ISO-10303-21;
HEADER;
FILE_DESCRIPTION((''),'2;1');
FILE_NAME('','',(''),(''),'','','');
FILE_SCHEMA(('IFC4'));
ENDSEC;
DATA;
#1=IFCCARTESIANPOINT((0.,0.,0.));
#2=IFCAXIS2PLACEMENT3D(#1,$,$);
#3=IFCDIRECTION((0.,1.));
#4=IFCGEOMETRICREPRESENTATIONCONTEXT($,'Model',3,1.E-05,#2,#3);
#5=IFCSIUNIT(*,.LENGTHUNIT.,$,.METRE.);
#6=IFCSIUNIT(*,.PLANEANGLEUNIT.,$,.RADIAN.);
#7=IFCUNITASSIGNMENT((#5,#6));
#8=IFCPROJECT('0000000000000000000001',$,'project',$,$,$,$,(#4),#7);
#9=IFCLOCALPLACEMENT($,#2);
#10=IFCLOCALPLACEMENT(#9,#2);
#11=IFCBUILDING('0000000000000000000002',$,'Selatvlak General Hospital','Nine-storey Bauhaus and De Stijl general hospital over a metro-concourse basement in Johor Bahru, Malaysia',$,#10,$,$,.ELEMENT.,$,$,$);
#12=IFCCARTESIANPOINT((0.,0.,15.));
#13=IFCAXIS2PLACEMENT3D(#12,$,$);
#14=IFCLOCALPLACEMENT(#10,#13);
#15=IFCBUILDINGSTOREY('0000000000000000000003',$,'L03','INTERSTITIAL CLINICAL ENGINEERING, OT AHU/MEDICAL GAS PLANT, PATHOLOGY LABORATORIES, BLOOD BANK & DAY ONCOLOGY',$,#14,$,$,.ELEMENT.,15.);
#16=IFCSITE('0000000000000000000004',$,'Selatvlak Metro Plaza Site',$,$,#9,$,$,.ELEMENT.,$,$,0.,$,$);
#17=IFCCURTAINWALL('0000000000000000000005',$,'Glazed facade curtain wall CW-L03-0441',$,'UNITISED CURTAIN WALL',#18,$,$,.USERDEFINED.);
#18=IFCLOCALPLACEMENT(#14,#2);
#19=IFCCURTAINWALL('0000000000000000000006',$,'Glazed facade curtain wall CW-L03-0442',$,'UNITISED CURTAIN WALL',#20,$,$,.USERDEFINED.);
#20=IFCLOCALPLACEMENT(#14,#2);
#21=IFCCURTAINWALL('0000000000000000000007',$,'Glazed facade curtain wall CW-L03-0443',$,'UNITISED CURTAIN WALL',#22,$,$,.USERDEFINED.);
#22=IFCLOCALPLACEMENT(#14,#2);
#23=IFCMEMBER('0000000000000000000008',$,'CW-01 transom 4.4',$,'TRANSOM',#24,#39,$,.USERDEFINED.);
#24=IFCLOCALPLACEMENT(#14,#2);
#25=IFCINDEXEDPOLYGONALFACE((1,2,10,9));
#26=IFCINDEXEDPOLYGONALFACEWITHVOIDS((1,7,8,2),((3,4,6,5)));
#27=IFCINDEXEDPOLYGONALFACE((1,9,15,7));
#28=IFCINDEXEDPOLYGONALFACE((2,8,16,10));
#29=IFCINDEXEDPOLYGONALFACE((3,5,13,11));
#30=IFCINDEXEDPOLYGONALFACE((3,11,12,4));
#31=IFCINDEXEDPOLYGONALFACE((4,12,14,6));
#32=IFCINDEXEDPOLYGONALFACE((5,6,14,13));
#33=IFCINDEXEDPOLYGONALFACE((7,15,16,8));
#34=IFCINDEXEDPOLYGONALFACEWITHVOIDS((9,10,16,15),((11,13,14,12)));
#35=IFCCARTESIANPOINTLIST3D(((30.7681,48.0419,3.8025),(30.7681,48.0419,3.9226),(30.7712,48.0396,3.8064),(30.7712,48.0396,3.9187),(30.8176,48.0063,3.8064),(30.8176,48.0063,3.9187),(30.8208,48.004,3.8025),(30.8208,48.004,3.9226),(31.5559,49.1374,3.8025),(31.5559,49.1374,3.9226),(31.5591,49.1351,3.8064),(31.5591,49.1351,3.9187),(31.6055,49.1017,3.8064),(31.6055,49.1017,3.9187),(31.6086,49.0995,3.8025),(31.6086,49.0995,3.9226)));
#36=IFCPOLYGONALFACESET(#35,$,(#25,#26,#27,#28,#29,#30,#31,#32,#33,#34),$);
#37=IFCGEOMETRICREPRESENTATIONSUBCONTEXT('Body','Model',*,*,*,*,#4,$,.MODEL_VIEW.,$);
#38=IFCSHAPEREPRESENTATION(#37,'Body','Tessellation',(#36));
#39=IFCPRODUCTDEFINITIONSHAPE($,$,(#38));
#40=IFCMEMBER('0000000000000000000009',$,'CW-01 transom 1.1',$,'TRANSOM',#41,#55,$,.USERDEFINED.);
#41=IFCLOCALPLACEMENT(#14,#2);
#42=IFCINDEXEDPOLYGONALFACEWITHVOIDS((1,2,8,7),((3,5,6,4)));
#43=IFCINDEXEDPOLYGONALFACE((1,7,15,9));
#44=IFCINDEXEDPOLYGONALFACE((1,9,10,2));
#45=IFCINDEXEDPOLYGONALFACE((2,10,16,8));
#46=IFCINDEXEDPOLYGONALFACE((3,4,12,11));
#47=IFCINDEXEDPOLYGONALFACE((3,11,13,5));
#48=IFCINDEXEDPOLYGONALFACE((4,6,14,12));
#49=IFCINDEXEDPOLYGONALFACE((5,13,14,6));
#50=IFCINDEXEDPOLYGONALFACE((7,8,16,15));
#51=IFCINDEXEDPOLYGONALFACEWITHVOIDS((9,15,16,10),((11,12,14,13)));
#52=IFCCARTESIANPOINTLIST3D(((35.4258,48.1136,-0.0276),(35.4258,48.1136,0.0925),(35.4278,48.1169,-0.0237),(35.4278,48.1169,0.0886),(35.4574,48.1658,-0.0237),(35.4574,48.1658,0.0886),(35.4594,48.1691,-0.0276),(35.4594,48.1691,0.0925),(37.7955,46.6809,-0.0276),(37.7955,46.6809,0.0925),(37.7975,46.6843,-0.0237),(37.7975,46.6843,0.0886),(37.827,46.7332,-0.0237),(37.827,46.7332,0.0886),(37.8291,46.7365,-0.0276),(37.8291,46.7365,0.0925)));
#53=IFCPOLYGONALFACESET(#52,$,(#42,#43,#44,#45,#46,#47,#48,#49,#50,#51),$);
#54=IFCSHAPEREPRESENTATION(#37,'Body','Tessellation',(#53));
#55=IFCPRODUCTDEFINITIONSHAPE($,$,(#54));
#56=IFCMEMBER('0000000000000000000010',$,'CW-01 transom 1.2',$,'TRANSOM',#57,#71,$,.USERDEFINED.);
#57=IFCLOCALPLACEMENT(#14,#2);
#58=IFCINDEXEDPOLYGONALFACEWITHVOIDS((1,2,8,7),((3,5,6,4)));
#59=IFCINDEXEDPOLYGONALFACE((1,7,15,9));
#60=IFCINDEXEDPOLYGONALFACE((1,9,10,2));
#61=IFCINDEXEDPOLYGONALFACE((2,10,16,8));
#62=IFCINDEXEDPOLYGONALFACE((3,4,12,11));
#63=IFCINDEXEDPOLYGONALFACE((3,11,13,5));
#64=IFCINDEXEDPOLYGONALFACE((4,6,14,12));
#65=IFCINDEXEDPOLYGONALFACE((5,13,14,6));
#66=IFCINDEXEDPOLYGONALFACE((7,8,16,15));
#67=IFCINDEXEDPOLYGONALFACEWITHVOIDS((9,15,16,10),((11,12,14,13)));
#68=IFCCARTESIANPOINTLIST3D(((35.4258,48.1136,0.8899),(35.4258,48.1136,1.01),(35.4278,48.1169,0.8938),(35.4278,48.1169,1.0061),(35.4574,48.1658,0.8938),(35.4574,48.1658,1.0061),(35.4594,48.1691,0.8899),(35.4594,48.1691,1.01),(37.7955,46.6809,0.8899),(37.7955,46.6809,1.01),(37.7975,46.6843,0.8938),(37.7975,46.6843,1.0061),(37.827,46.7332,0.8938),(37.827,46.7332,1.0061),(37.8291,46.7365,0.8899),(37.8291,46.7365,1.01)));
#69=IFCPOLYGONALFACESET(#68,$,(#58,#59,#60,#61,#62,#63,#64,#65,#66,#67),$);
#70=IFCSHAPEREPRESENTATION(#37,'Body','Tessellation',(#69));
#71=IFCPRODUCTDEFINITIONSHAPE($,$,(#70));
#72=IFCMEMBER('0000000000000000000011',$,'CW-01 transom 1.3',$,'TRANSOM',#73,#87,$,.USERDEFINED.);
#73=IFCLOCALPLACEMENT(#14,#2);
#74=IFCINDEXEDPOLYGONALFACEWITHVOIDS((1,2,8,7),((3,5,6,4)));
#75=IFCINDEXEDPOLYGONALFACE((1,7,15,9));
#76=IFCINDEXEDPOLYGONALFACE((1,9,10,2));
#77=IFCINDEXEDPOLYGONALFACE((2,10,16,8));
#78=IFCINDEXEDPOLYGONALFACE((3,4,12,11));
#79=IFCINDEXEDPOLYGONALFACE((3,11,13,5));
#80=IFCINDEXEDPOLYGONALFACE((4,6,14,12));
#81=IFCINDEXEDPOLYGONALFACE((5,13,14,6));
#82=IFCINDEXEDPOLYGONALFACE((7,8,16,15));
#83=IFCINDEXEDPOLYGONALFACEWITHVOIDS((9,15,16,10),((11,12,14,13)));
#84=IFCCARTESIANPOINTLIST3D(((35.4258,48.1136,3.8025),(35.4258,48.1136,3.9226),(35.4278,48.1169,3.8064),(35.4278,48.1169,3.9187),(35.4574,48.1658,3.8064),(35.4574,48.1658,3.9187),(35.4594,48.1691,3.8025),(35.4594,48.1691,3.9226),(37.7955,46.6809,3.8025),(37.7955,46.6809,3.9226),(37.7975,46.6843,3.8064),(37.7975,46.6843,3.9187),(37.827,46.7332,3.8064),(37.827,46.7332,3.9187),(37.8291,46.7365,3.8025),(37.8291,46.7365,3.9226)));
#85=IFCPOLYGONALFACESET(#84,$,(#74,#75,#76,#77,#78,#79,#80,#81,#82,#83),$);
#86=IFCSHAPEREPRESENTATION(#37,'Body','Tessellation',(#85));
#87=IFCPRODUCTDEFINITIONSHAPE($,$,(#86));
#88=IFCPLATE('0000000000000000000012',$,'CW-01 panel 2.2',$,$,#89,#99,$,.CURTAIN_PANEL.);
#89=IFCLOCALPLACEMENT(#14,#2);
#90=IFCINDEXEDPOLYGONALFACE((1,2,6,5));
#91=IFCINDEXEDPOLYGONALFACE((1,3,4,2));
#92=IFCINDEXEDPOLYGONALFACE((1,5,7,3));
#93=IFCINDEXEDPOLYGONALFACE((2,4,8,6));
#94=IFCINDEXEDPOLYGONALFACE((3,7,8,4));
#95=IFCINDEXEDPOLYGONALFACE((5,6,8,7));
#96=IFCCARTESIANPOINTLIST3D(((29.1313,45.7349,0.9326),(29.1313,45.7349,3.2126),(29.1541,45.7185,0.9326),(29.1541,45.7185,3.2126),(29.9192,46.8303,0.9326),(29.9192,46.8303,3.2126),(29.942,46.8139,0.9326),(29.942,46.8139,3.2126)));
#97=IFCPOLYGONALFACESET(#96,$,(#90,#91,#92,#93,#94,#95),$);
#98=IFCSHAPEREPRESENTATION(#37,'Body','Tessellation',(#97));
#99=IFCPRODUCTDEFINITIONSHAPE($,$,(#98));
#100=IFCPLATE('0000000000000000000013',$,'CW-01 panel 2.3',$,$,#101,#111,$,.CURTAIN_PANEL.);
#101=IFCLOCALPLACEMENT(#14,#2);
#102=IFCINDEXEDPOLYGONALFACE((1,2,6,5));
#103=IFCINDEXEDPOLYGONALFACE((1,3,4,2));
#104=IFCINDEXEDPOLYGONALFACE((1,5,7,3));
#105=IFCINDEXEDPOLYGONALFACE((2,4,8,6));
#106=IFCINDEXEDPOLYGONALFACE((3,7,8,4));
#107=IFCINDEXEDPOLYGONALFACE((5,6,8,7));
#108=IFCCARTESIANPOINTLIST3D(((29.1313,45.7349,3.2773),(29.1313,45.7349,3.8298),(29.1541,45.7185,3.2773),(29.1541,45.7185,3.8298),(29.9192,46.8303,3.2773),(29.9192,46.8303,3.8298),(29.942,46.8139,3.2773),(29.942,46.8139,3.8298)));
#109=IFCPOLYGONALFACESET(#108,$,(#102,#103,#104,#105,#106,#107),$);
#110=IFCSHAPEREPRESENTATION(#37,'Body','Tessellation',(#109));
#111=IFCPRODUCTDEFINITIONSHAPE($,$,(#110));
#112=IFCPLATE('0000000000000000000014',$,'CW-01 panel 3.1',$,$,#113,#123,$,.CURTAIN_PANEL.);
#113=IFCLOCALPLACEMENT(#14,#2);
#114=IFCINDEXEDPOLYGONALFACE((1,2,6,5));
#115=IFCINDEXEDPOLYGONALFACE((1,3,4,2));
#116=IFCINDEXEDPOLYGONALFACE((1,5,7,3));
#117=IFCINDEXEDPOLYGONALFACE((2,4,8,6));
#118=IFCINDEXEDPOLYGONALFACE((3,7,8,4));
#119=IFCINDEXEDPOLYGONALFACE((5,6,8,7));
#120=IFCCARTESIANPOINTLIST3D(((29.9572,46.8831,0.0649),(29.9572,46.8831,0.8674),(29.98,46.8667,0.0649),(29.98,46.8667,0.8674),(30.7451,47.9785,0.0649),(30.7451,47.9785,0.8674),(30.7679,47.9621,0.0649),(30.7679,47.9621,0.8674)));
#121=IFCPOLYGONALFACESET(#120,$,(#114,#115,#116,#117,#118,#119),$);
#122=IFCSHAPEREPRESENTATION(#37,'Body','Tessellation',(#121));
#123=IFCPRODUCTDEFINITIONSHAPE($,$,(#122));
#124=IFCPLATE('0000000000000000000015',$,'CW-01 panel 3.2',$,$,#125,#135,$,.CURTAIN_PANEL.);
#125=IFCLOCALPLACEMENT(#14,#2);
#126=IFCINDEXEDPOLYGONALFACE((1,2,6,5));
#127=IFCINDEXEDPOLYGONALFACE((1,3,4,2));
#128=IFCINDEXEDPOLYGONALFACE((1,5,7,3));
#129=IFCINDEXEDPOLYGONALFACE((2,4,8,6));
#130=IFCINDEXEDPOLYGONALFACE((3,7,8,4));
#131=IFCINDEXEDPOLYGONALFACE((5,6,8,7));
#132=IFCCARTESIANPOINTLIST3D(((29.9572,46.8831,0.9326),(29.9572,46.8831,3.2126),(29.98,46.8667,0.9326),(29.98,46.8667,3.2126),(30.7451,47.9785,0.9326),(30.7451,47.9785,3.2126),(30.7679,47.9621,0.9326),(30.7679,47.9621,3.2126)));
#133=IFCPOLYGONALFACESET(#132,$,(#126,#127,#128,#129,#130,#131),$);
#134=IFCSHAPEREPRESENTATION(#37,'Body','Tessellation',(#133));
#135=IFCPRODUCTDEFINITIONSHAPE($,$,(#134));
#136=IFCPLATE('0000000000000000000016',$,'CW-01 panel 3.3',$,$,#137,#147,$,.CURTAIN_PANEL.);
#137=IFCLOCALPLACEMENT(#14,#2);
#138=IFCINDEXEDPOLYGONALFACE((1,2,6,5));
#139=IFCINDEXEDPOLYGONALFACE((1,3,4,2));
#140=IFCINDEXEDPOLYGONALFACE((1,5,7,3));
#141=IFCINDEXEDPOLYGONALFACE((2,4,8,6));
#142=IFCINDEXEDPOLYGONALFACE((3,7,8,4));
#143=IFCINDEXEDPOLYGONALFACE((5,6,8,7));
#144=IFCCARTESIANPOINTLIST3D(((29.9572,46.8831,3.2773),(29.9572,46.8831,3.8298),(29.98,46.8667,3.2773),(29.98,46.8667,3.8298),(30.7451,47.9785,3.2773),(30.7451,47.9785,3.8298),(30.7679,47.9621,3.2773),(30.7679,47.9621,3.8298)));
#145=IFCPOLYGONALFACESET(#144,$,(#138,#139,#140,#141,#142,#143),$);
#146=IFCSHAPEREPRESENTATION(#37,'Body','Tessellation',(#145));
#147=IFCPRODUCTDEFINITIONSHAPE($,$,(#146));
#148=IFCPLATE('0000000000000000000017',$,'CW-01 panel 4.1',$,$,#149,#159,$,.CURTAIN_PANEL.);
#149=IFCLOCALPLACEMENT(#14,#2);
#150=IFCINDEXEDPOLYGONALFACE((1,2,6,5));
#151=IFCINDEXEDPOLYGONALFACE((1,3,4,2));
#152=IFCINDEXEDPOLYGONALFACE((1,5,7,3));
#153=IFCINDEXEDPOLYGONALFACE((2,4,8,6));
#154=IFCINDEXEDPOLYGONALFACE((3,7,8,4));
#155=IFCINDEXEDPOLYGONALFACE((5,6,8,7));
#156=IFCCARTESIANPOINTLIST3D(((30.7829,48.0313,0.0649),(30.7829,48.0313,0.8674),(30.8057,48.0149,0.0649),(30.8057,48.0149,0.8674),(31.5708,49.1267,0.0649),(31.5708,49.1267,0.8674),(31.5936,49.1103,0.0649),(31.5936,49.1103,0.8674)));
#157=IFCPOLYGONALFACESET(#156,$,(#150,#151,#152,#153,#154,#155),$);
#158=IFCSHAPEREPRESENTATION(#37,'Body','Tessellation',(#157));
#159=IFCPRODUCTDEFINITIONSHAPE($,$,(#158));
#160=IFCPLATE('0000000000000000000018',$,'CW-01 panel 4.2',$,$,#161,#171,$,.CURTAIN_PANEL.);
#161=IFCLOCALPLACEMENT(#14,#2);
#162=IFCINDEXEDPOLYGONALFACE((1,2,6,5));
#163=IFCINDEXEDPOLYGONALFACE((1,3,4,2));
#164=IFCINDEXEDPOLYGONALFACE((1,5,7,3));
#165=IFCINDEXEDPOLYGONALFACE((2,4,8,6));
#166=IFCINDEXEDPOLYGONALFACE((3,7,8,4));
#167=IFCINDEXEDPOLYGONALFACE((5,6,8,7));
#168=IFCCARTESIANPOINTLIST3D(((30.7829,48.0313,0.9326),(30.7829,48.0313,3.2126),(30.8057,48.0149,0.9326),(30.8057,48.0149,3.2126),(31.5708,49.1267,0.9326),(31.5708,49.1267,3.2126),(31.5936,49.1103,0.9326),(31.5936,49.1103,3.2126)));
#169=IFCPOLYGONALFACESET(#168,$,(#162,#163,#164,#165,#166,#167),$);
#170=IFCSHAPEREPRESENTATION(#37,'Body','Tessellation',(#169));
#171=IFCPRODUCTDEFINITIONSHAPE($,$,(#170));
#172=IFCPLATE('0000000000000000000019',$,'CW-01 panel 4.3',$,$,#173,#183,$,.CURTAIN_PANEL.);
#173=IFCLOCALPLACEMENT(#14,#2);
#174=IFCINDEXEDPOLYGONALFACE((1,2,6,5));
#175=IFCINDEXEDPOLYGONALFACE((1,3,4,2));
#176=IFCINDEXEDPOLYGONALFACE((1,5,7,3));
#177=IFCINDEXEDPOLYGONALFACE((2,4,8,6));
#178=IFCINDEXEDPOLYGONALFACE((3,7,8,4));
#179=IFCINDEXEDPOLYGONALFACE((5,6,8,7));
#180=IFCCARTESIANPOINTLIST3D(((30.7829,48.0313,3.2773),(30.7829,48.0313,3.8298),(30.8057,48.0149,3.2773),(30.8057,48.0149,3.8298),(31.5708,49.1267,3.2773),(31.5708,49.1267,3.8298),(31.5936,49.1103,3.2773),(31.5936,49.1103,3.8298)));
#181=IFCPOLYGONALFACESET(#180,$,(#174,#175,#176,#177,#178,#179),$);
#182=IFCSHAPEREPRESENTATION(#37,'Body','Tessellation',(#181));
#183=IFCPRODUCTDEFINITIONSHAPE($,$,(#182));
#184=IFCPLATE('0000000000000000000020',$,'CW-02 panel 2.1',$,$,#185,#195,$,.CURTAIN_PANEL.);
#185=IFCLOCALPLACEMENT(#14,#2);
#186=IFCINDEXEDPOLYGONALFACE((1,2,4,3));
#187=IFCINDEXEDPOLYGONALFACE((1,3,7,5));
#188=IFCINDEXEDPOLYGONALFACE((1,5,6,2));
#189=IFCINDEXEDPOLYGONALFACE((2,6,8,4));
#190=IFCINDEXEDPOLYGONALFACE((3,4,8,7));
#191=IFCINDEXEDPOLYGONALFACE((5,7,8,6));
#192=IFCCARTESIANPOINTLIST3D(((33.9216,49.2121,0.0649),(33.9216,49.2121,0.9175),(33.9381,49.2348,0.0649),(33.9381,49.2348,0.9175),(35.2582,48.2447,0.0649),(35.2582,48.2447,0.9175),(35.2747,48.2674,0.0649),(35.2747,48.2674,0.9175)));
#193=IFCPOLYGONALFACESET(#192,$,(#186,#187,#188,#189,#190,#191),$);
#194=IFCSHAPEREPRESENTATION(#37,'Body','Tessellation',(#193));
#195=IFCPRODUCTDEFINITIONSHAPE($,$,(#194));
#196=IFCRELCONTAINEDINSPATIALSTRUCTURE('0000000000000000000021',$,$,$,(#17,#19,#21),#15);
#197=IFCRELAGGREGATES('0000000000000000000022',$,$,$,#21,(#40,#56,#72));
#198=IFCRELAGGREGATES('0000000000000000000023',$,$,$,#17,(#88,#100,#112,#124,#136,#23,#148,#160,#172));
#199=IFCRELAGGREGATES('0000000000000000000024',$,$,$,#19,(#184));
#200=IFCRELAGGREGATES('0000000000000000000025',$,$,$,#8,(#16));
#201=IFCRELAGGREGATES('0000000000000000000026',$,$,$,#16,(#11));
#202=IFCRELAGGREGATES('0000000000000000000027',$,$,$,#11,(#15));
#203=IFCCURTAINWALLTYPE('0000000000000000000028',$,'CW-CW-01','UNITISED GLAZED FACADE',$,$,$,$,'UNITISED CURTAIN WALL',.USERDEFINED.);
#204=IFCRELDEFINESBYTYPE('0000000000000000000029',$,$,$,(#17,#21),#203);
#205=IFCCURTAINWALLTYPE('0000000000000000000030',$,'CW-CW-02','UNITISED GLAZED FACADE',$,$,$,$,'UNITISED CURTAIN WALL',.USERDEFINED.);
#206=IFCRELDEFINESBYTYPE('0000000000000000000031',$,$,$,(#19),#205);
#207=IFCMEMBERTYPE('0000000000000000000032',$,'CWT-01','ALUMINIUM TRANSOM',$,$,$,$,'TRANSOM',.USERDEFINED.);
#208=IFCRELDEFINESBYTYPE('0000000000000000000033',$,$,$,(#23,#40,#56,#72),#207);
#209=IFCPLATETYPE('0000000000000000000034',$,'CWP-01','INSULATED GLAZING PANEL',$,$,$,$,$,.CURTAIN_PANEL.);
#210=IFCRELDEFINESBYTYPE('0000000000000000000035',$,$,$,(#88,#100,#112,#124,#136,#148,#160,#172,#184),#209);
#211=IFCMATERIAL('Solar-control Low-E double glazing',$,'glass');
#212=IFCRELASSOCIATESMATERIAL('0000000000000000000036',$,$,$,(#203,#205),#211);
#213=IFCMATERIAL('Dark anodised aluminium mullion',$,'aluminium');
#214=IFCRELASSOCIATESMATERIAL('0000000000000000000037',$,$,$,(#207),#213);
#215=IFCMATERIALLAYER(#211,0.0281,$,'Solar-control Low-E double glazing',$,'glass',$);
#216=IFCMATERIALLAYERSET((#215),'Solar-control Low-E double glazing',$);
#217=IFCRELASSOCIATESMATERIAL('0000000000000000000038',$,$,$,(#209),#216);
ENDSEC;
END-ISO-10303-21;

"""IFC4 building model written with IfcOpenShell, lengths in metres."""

from ifc_helpers import new_model, si_unit, direction, frame, origin, origin_2d, place, context, subcontext, project, spatial, rectangle, hollow_rectangle, extrude, material, layer, layer_set, material_profile, profile_set, type_object, element, aggregate, save


model = new_model("IFC4")

# Units and contexts
model_context = context("Model", 3, precision=1e-05, world=origin(), true_north=direction((0.0, 1.0)))
body_context = subcontext(model_context, "Body", "Model", "MODEL_VIEW")
ifc_project = project(units=[si_unit("LENGTHUNIT", "METRE"), si_unit("PLANEANGLEUNIT", "RADIAN")], contexts=[model_context])

# Site, building, storey
site_placement = place(None, origin())
site = spatial("IfcSite", under=ifc_project, at=site_placement, Name="Selatvlak Metro Plaza Site", CompositionType="ELEMENT", RefElevation=0.0)
building_placement = place(site_placement, origin())
building = spatial("IfcBuilding", under=site, at=building_placement, Name="Selatvlak General Hospital", Description="Nine-storey Bauhaus and De Stijl general hospital over a metro-concourse basement in Johor Bahru, Malaysia", CompositionType="ELEMENT")
storey_placement = place(building_placement, frame((0.0, 0.0, 15.0)))
storey = spatial("IfcBuildingStorey", under=building, at=storey_placement, Name="L03", Description="INTERSTITIAL CLINICAL ENGINEERING, OT AHU/MEDICAL GAS PLANT, PATHOLOGY LABORATORIES, BLOOD BANK & DAY ONCOLOGY", CompositionType="ELEMENT", Elevation=15.0)

# Curtain wall
ifc_material_1 = material(Name="Solar-control Low-E double glazing", Category="glass")
curtain_wall_type_1 = type_object("IfcCurtainWallType", Name="CW-CW-01", Description="UNITISED GLAZED FACADE", ElementType="UNITISED CURTAIN WALL", PredefinedType="USERDEFINED", material=ifc_material_1)
curtain_wall_1_placement = place(storey_placement, origin())
curtain_wall_1 = element("IfcCurtainWall", 1, at=curtain_wall_1_placement, inside=storey, type_object=curtain_wall_type_1, Name="Glazed facade curtain wall CW-L03-0441", ObjectType="UNITISED CURTAIN WALL", PredefinedType="USERDEFINED")
ifc_material_2 = material(Name="Dark anodised aluminium mullion", Category="aluminium")

# Curtain walls
curtain_wall_type_2 = type_object("IfcCurtainWallType", Name="CW-CW-02", Description="UNITISED GLAZED FACADE", ElementType="UNITISED CURTAIN WALL", PredefinedType="USERDEFINED", material=ifc_material_1)
curtain_wall_2_placement = place(storey_placement, origin())
curtain_wall_2 = element("IfcCurtainWall", 2, at=curtain_wall_2_placement, inside=storey, type_object=curtain_wall_type_2, Name="Glazed facade curtain wall CW-L03-0442", ObjectType="UNITISED CURTAIN WALL", PredefinedType="USERDEFINED")
curtain_wall_3_placement = place(storey_placement, origin())
curtain_wall_3 = element("IfcCurtainWall", 3, at=curtain_wall_3_placement, inside=storey, type_object=curtain_wall_type_1, Name="Glazed facade curtain wall CW-L03-0443", ObjectType="UNITISED CURTAIN WALL", PredefinedType="USERDEFINED")

# Members
ifc_material_profile_1 = material_profile(ifc_material_2, hollow_rectangle(XDim=0.0649, YDim=0.1201, WallThickness=0.0039, at=origin_2d()), Name="AL-TRN 65x120x4")
ifc_profile_set_1 = profile_set([ifc_material_profile_1], Name="Dark anodised aluminium mullion")
member_type_1 = type_object("IfcMemberType", Name="CWT-01", Description="ALUMINIUM TRANSOM", ElementType="TRANSOM", PredefinedType="USERDEFINED", material=ifc_profile_set_1)
member_1_placement = place(storey_placement, frame((30.7944, 48.0229, 3.8625), z_axis=(0.583871, 0.811847, 0.0), x_axis=(-0.811847, 0.583871, 0.0)))
member_1 = element("IfcMember", 4, at=member_1_placement, type_object=member_type_1, Name="CW-01 transom 4.4", ObjectType="TRANSOM", PredefinedType="USERDEFINED", context=body_context, shape_type="SweptSolid", body=[
    extrude(hollow_rectangle(XDim=0.0649, YDim=0.1201, WallThickness=0.0039, at=origin_2d()), origin(), (0.0, 0.0, 1.0), 1.3494),
])
member_2_placement = place(storey_placement, frame((35.4426, 48.1414, 0.0325), z_axis=(0.855761, -0.517371, 0.0), x_axis=(0.517371, 0.855761, 0.0)))
member_2 = element("IfcMember", 5, at=member_2_placement, type_object=member_type_1, Name="CW-01 transom 1.1", ObjectType="TRANSOM", PredefinedType="USERDEFINED", context=body_context, shape_type="SweptSolid", body=[
    extrude(hollow_rectangle(XDim=0.0649, YDim=0.1201, WallThickness=0.0039, at=origin_2d()), origin(), (0.0, 0.0, 1.0), 2.769),
])
member_3_placement = place(storey_placement, frame((35.4426, 48.1414, 0.95), z_axis=(0.855761, -0.517371, 0.0), x_axis=(0.517371, 0.855761, 0.0)))
member_3 = element("IfcMember", 6, at=member_3_placement, type_object=member_type_1, Name="CW-01 transom 1.2", ObjectType="TRANSOM", PredefinedType="USERDEFINED", context=body_context, shape_type="SweptSolid", body=[
    extrude(hollow_rectangle(XDim=0.0649, YDim=0.1201, WallThickness=0.0039, at=origin_2d()), origin(), (0.0, 0.0, 1.0), 2.769),
])
member_4_placement = place(storey_placement, frame((35.4426, 48.1414, 3.8625), z_axis=(0.855761, -0.517371, 0.0), x_axis=(0.517371, 0.855761, 0.0)))
member_4 = element("IfcMember", 7, at=member_4_placement, type_object=member_type_1, Name="CW-01 transom 1.3", ObjectType="TRANSOM", PredefinedType="USERDEFINED", context=body_context, shape_type="SweptSolid", body=[
    extrude(hollow_rectangle(XDim=0.0649, YDim=0.1201, WallThickness=0.0039, at=origin_2d()), origin(), (0.0, 0.0, 1.0), 2.769),
])
aggregate(curtain_wall_3, [member_2, member_3, member_4])

# Plates
ifc_layer_1 = layer(ifc_material_1, 0.0281, Name="Solar-control Low-E double glazing", Category="glass")
ifc_layer_set_1 = layer_set([ifc_layer_1], Name="Solar-control Low-E double glazing")
plate_type = type_object("IfcPlateType", Name="CWP-01", Description="INSULATED GLAZING PANEL", PredefinedType="CURTAIN_PANEL", material=ifc_layer_set_1)
plate_1_placement = place(storey_placement, frame((29.5366, 46.2744, 0.9326), z_axis=(0.0, 0.0, 1.0), x_axis=(0.583884, 0.811837, 0.0)))
plate_1 = element("IfcPlate", 8, at=plate_1_placement, type_object=plate_type, Name="CW-01 panel 2.2", PredefinedType="CURTAIN_PANEL", context=body_context, shape_type="SweptSolid", body=[
    extrude(rectangle(XDim=1.3494, YDim=0.0281, at=origin_2d()), origin(), (0.0, 0.0, 1.0), 2.28),
])
plate_2_placement = place(storey_placement, frame((29.5366, 46.2744, 3.2773), z_axis=(0.0, 0.0, 1.0), x_axis=(0.583884, 0.811837, 0.0)))
plate_2 = element("IfcPlate", 9, at=plate_2_placement, type_object=plate_type, Name="CW-01 panel 2.3", PredefinedType="CURTAIN_PANEL", context=body_context, shape_type="SweptSolid", body=[
    extrude(rectangle(XDim=1.3494, YDim=0.0281, at=origin_2d()), origin(), (0.0, 0.0, 1.0), 0.5525),
])
plate_3_placement = place(storey_placement, frame((30.3625, 47.4226, 0.0649), z_axis=(0.0, 0.0, 1.0), x_axis=(0.583884, 0.811837, 0.0)))
plate_3 = element("IfcPlate", 10, at=plate_3_placement, type_object=plate_type, Name="CW-01 panel 3.1", PredefinedType="CURTAIN_PANEL", context=body_context, shape_type="SweptSolid", body=[
    extrude(rectangle(XDim=1.3494, YDim=0.0281, at=origin_2d()), origin(), (0.0, 0.0, 1.0), 0.8025),
])
plate_4_placement = place(storey_placement, frame((30.3625, 47.4226, 0.9326), z_axis=(0.0, 0.0, 1.0), x_axis=(0.583884, 0.811837, 0.0)))
plate_4 = element("IfcPlate", 11, at=plate_4_placement, type_object=plate_type, Name="CW-01 panel 3.2", PredefinedType="CURTAIN_PANEL", context=body_context, shape_type="SweptSolid", body=[
    extrude(rectangle(XDim=1.3494, YDim=0.0281, at=origin_2d()), origin(), (0.0, 0.0, 1.0), 2.28),
])
plate_5_placement = place(storey_placement, frame((30.3625, 47.4226, 3.2773), z_axis=(0.0, 0.0, 1.0), x_axis=(0.583884, 0.811837, 0.0)))
plate_5 = element("IfcPlate", 12, at=plate_5_placement, type_object=plate_type, Name="CW-01 panel 3.3", PredefinedType="CURTAIN_PANEL", context=body_context, shape_type="SweptSolid", body=[
    extrude(rectangle(XDim=1.3494, YDim=0.0281, at=origin_2d()), origin(), (0.0, 0.0, 1.0), 0.5525),
])
plate_6_placement = place(storey_placement, frame((31.1882, 48.5708, 0.0649), z_axis=(0.0, 0.0, 1.0), x_axis=(0.583884, 0.811837, 0.0)))
plate_6 = element("IfcPlate", 13, at=plate_6_placement, type_object=plate_type, Name="CW-01 panel 4.1", PredefinedType="CURTAIN_PANEL", context=body_context, shape_type="SweptSolid", body=[
    extrude(rectangle(XDim=1.3494, YDim=0.0281, at=origin_2d()), origin(), (0.0, 0.0, 1.0), 0.8025),
])
plate_7_placement = place(storey_placement, frame((31.1882, 48.5708, 0.9326), z_axis=(0.0, 0.0, 1.0), x_axis=(0.583884, 0.811837, 0.0)))
plate_7 = element("IfcPlate", 14, at=plate_7_placement, type_object=plate_type, Name="CW-01 panel 4.2", PredefinedType="CURTAIN_PANEL", context=body_context, shape_type="SweptSolid", body=[
    extrude(rectangle(XDim=1.3494, YDim=0.0281, at=origin_2d()), origin(), (0.0, 0.0, 1.0), 2.28),
])
plate_8_placement = place(storey_placement, frame((31.1882, 48.5708, 3.2773), z_axis=(0.0, 0.0, 1.0), x_axis=(0.583884, 0.811837, 0.0)))
plate_8 = element("IfcPlate", 15, at=plate_8_placement, type_object=plate_type, Name="CW-01 panel 4.3", PredefinedType="CURTAIN_PANEL", context=body_context, shape_type="SweptSolid", body=[
    extrude(rectangle(XDim=1.3494, YDim=0.0281, at=origin_2d()), origin(), (0.0, 0.0, 1.0), 0.5525),
])
aggregate(curtain_wall_1, [plate_1, plate_2, plate_3, plate_4, plate_5, member_1, plate_6, plate_7, plate_8])
plate_9_placement = place(storey_placement, frame((34.5981, 48.7397, 0.0649), z_axis=(0.0, 0.0, 1.0), x_axis=(0.810083, -0.586316, 0.0)))
plate_9 = element("IfcPlate", 16, at=plate_9_placement, type_object=plate_type, Name="CW-02 panel 2.1", PredefinedType="CURTAIN_PANEL", context=body_context, shape_type="SweptSolid", body=[
    extrude(rectangle(XDim=1.6499, YDim=0.0281, at=origin_2d()), origin(), (0.0, 0.0, 1.0), 0.8525),
])
aggregate(curtain_wall_2, [plate_9])

save(model, "model.ifc")
